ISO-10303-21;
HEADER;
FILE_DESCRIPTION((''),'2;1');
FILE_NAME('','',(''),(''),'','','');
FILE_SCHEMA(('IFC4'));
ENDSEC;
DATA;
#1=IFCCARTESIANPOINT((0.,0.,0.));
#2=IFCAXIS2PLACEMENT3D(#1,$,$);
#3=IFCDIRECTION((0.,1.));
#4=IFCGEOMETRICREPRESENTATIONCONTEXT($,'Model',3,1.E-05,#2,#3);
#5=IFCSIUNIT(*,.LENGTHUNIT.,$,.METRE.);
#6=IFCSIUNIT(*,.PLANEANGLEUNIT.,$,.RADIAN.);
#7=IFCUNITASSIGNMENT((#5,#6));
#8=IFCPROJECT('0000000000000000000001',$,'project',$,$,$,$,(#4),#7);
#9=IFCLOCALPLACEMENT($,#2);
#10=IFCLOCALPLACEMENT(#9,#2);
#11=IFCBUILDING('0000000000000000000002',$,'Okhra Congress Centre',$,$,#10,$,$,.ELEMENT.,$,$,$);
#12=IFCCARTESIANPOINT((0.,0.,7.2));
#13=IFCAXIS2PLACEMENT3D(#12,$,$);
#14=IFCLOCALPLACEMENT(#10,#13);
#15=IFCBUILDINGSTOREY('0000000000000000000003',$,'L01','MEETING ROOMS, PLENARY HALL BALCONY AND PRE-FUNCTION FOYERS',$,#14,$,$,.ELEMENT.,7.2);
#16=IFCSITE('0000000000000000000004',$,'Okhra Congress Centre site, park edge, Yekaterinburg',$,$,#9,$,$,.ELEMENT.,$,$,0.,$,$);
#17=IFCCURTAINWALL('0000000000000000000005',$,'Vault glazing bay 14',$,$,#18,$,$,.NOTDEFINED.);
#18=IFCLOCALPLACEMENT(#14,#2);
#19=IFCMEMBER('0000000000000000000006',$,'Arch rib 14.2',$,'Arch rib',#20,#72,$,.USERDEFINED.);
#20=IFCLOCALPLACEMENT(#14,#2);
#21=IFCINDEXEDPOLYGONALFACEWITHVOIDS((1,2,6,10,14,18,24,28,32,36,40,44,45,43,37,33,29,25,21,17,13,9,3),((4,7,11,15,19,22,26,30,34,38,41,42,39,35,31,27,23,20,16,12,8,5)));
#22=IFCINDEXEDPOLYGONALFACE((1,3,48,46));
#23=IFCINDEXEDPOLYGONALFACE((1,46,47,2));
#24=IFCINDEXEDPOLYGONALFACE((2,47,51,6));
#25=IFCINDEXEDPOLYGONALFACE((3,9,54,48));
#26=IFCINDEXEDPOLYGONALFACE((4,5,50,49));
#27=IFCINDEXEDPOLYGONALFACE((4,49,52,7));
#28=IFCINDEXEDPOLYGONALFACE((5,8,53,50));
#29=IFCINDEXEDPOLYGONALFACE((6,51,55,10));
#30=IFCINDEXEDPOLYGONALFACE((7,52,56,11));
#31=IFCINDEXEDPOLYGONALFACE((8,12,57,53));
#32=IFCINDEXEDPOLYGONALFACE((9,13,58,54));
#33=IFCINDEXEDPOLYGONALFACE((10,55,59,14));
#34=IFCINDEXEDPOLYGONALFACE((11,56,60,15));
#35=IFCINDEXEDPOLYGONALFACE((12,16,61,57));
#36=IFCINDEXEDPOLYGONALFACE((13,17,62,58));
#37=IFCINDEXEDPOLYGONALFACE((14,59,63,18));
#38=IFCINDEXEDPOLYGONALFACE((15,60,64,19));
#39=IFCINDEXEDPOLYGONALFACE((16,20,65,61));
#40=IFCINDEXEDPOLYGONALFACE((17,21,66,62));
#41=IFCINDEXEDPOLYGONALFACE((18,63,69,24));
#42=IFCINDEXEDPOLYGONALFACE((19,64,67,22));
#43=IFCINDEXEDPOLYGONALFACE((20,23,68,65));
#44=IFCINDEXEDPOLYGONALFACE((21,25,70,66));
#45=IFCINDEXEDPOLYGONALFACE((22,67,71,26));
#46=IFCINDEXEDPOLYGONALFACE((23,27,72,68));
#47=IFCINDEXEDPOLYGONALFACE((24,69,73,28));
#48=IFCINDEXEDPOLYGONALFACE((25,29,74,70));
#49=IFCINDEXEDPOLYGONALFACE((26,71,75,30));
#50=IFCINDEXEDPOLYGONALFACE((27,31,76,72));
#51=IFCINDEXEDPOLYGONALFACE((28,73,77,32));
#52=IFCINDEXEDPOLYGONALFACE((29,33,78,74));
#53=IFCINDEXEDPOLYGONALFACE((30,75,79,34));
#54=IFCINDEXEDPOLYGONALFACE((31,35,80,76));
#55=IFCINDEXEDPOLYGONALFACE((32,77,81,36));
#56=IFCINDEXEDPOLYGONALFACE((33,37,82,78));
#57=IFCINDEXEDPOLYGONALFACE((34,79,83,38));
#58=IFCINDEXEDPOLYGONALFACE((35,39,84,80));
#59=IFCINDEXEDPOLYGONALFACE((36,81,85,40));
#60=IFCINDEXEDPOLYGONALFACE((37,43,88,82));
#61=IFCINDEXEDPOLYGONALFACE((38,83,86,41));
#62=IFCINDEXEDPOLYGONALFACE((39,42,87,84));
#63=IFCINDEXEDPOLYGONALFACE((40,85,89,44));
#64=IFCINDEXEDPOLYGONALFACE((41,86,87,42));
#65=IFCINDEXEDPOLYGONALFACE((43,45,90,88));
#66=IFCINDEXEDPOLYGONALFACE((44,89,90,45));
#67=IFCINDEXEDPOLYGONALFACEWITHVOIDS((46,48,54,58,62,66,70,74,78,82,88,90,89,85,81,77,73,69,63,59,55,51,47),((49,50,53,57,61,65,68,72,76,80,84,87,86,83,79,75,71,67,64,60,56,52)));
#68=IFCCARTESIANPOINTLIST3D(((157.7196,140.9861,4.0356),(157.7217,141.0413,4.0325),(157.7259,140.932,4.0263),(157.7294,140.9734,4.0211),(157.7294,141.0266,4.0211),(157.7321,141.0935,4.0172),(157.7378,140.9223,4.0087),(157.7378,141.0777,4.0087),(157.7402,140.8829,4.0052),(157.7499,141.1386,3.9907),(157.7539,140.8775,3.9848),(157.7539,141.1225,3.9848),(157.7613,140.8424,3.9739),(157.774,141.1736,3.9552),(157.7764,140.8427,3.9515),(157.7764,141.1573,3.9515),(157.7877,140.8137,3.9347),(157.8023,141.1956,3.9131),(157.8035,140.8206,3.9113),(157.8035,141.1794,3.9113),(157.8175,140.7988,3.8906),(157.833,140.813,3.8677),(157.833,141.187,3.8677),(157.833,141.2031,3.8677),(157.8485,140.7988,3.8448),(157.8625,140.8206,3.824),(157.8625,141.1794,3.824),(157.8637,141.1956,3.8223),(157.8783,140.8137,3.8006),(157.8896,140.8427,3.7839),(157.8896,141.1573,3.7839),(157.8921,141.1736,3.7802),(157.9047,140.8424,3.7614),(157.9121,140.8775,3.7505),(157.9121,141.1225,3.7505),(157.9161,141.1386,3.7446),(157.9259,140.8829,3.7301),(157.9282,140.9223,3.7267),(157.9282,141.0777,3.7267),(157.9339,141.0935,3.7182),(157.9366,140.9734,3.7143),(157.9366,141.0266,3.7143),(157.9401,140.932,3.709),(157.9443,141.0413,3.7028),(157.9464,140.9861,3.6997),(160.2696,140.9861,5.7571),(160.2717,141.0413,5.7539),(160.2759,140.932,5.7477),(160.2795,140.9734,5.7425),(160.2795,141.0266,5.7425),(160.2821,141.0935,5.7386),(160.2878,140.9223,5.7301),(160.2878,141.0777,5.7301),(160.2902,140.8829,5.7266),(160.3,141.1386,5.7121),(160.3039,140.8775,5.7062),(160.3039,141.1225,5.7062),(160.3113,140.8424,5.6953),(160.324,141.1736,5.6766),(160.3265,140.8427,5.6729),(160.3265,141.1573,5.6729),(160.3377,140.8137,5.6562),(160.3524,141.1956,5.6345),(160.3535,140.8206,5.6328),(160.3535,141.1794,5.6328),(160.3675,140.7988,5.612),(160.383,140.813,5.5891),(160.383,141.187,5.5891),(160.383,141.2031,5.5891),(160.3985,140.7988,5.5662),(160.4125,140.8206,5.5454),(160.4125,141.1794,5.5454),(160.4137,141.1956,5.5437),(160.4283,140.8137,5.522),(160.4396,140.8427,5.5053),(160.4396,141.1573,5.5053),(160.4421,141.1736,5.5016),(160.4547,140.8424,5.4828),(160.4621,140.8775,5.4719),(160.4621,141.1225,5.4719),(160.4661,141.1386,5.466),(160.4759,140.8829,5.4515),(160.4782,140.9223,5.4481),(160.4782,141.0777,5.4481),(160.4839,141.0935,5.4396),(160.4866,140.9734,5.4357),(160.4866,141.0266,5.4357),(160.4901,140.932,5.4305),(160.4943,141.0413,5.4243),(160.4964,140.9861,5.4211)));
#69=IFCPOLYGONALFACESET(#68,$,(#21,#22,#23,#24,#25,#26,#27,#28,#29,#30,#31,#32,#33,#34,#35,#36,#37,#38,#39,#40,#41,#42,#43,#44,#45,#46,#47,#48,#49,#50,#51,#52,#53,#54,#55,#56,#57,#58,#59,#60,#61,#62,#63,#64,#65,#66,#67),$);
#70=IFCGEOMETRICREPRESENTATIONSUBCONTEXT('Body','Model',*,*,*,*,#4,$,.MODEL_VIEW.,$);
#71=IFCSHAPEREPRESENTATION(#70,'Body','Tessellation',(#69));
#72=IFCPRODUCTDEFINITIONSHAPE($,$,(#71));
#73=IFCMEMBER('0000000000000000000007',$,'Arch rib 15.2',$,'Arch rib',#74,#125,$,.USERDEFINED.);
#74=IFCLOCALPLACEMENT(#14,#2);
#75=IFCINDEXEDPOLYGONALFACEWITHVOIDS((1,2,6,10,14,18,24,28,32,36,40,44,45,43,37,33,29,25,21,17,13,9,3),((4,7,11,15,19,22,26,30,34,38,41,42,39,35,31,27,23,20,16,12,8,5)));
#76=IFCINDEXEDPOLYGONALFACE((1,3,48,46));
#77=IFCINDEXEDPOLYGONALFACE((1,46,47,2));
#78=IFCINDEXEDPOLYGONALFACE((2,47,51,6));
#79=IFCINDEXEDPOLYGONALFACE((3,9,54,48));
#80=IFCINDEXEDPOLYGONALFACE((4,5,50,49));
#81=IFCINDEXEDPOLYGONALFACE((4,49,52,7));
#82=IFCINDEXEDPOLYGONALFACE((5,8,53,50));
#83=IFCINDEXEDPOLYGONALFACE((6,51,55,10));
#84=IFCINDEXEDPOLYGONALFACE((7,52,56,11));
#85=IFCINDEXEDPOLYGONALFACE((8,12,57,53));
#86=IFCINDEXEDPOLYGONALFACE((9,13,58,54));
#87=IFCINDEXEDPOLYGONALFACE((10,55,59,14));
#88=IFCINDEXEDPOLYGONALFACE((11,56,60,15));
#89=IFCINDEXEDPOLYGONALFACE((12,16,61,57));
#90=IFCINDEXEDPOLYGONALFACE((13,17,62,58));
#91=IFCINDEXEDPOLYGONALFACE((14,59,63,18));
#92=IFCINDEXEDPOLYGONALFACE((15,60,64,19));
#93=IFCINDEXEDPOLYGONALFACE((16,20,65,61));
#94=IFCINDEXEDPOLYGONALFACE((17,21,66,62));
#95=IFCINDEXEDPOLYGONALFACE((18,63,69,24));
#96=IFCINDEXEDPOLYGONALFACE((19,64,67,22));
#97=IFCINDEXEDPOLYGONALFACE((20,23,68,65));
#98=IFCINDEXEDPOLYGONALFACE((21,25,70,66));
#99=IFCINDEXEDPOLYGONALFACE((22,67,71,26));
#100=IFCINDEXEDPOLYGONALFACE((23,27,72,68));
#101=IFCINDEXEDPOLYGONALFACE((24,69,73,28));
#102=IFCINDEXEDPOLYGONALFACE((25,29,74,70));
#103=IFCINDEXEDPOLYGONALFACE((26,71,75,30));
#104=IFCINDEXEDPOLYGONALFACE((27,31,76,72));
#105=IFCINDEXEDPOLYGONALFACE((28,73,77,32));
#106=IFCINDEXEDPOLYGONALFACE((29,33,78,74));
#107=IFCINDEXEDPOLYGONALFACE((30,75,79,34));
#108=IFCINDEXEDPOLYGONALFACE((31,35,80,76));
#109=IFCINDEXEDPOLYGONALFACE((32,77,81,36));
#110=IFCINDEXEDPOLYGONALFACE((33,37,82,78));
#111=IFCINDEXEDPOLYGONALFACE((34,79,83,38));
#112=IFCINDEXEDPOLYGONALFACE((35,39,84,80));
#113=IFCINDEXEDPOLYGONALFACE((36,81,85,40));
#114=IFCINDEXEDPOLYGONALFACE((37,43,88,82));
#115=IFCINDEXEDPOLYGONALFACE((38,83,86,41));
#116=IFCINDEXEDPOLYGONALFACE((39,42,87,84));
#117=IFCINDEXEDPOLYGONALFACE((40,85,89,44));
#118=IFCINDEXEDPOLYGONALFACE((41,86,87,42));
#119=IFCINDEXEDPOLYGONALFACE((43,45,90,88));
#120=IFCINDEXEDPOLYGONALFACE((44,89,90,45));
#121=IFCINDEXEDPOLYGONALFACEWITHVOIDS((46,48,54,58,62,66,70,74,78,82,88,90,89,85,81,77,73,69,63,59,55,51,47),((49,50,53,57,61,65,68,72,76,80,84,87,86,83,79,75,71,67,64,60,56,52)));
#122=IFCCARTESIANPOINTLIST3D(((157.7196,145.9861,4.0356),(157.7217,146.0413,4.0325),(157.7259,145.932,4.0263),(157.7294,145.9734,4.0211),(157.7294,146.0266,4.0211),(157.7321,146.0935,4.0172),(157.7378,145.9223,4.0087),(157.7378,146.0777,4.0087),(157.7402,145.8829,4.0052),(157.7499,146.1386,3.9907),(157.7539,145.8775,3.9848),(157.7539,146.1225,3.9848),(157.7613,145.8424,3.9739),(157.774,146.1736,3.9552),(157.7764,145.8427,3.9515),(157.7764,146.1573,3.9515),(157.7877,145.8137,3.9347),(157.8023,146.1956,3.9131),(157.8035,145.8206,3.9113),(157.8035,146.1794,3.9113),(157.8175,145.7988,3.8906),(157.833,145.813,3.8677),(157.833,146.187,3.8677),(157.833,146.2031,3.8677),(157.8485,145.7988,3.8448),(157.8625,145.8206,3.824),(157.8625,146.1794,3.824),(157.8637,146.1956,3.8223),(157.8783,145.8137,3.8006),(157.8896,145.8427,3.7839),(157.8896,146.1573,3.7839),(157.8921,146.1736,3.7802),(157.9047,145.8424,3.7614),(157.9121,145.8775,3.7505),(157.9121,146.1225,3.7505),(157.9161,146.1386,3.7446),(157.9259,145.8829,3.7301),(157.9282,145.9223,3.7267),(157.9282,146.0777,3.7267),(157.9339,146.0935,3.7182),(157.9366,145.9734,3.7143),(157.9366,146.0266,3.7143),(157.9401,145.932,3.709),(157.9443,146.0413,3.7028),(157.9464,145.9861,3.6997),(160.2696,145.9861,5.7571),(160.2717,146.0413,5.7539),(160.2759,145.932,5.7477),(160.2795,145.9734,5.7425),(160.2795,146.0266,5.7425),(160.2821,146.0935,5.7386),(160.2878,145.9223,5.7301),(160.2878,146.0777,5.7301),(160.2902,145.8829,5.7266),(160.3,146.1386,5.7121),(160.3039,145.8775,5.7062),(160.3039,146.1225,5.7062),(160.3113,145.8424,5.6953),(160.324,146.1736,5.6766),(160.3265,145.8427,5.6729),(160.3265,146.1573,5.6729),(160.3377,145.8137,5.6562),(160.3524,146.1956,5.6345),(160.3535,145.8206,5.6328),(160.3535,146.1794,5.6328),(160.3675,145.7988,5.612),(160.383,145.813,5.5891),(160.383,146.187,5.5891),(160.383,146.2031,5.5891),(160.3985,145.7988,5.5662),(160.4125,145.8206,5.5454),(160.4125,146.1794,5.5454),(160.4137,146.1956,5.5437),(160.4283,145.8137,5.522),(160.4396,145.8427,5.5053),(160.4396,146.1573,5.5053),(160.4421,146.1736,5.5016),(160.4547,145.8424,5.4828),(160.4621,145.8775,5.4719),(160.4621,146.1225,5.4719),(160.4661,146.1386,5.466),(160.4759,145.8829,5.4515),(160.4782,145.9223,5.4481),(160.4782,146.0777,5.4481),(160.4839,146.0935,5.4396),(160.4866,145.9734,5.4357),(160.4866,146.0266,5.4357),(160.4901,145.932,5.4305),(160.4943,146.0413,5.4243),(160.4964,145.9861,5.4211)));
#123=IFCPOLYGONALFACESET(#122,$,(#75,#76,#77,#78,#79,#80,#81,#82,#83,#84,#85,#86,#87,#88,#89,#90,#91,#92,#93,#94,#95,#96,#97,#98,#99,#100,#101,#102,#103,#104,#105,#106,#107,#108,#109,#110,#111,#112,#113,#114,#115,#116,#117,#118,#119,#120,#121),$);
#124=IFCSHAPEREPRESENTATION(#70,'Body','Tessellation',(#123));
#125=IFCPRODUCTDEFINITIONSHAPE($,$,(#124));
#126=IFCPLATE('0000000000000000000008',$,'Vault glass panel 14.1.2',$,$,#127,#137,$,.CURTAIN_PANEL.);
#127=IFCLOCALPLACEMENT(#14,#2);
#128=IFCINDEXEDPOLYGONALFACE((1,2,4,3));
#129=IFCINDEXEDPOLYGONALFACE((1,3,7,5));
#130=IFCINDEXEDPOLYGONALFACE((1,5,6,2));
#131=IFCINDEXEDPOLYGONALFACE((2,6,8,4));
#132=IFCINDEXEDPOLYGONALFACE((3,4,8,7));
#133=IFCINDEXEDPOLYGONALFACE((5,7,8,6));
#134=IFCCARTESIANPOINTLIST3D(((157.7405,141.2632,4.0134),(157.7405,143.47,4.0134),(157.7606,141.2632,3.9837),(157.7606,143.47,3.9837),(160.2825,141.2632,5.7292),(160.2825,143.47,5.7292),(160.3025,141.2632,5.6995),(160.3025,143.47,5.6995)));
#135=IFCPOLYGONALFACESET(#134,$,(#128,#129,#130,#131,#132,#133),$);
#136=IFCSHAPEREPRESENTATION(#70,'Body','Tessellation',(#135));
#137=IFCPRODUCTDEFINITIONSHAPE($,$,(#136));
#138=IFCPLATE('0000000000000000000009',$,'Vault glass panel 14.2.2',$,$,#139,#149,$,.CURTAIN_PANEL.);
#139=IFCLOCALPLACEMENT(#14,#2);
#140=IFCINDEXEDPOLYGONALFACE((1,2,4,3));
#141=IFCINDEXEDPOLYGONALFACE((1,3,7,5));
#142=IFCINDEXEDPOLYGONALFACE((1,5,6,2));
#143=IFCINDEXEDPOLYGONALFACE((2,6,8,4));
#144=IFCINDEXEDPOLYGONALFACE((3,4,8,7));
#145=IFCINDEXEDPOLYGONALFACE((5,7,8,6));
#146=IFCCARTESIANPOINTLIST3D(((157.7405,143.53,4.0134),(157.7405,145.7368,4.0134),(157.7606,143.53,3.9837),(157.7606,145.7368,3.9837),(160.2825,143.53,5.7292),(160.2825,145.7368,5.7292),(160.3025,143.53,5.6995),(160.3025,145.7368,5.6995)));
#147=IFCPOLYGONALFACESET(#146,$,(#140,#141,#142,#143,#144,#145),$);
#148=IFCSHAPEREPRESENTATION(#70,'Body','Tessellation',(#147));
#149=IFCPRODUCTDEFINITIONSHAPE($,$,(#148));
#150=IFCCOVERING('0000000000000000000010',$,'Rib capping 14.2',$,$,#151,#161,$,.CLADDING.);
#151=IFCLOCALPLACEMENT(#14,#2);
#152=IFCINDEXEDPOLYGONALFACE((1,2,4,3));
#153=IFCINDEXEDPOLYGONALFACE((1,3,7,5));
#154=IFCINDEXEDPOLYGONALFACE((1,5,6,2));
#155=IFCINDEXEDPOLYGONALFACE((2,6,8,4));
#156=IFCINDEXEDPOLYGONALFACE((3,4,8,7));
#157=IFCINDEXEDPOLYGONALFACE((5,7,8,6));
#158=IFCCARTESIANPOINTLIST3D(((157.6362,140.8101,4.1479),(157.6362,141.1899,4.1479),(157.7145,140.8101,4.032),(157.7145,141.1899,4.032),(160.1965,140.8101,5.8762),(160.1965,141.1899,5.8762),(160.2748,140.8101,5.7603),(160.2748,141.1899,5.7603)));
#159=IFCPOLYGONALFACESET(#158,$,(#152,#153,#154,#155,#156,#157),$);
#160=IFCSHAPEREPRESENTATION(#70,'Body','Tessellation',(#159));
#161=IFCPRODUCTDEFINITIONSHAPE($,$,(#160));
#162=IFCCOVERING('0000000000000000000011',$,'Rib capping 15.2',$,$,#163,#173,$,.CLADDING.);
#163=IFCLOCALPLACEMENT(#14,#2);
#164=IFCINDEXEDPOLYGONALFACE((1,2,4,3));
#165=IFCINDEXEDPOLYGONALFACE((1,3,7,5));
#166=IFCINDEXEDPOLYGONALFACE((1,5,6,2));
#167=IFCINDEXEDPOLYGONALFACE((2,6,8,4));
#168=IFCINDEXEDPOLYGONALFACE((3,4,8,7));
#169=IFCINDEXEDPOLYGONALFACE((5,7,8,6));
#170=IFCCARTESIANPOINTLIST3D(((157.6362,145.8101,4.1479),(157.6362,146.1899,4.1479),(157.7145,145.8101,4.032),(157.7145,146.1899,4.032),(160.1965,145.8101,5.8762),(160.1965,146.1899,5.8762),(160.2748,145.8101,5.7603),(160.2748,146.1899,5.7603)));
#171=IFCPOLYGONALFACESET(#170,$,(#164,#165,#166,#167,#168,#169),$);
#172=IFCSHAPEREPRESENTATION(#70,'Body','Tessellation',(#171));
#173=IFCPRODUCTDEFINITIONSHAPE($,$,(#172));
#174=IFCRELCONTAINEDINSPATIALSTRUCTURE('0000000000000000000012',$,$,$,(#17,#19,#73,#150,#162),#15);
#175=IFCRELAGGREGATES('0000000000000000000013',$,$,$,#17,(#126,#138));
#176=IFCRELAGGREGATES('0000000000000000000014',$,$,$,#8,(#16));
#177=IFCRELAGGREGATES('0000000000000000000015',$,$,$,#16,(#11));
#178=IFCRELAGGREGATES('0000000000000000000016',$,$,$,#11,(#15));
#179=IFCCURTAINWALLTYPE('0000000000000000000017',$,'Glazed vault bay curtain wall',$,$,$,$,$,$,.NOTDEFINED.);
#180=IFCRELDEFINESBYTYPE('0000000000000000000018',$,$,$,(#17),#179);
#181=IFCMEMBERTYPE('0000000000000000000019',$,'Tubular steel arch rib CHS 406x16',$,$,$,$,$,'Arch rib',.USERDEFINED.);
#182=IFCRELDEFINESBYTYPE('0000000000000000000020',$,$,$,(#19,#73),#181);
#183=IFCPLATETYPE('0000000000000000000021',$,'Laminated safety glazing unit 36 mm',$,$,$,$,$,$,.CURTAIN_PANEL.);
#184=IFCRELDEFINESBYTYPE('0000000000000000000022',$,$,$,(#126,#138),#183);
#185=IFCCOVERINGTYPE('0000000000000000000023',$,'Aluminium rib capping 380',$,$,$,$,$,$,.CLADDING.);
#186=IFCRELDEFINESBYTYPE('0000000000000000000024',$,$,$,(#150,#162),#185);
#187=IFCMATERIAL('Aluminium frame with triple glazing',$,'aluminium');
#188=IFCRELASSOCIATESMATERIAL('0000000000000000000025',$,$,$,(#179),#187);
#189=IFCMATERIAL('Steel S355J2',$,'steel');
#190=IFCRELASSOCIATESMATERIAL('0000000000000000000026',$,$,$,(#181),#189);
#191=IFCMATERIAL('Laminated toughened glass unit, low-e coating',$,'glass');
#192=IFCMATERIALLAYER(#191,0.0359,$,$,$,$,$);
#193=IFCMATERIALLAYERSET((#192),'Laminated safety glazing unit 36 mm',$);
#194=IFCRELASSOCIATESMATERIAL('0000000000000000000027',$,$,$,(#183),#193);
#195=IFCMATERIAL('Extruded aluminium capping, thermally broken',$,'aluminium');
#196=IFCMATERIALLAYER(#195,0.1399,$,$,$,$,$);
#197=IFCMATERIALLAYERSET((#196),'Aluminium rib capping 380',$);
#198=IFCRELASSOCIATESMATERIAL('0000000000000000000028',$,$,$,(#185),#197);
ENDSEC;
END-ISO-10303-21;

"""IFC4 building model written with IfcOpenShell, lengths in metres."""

from ifc_helpers import new_model, si_unit, direction, frame, origin, origin_2d, place, context, subcontext, project, spatial, polyline, hollow_circle, outline, extrude, material, layer, layer_set, material_profile, profile_set, type_object, element, aggregate, save


model = new_model("IFC4")

# Units and contexts
model_context = context("Model", 3, precision=1e-05, world=origin(), true_north=direction((0.0, 1.0)))
body_context = subcontext(model_context, "Body", "Model", "MODEL_VIEW")
ifc_project = project(units=[si_unit("LENGTHUNIT", "METRE"), si_unit("PLANEANGLEUNIT", "RADIAN")], contexts=[model_context])

# Site, building, storey
site_placement = place(None, origin())
site = spatial("IfcSite", under=ifc_project, at=site_placement, Name="Okhra Congress Centre site, park edge, Yekaterinburg", CompositionType="ELEMENT", RefElevation=0.0)
building_placement = place(site_placement, origin())
building = spatial("IfcBuilding", under=site, at=building_placement, Name="Okhra Congress Centre", CompositionType="ELEMENT")
storey_placement = place(building_placement, frame((0.0, 0.0, 7.2)))
storey = spatial("IfcBuildingStorey", under=building, at=storey_placement, Name="L01", Description="MEETING ROOMS, PLENARY HALL BALCONY AND PRE-FUNCTION FOYERS", CompositionType="ELEMENT", Elevation=7.2)

# Curtain wall
ifc_material_1 = material(Name="Aluminium frame with triple glazing", Category="aluminium")
curtain_wall_type = type_object("IfcCurtainWallType", Name="Glazed vault bay curtain wall", PredefinedType="NOTDEFINED", material=ifc_material_1)
curtain_wall_1_placement = place(storey_placement, origin())
curtain_wall_1 = element("IfcCurtainWall", 1, at=curtain_wall_1_placement, inside=storey, type_object=curtain_wall_type, Name="Vault glazing bay 14", PredefinedType="NOTDEFINED")

# Members
ifc_material_2 = material(Name="Steel S355J2", Category="steel")
ifc_material_profile_1 = material_profile(ifc_material_2, hollow_circle(Radius=0.2031, WallThickness=0.0161, at=origin_2d()), Name="CHS 406.4x16")
ifc_profile_set_1 = profile_set([ifc_material_profile_1], Name="Steel S355J2")
member_type_1 = type_object("IfcMemberType", Name="Tubular steel arch rib CHS 406x16", ElementType="Arch rib", PredefinedType="USERDEFINED", material=ifc_profile_set_1)
for number, where, z_axis, x_axis, name in (
    (2, (157.833, 141.0, 3.8677), (0.828826, 0.0, 0.559507), (0.0, 1.0, 0.0), "Arch rib 14.2"),
    (3, (157.833, 146.0, 3.8677), (0.828826, 0.0, 0.559507), (0.0, 1.0, 0.0), "Arch rib 15.2"),
):
    element("IfcMember", number, at=place(storey_placement, frame(where, z_axis=z_axis, x_axis=x_axis)), inside=storey, type_object=member_type_1, Name=name, ObjectType="Arch rib", PredefinedType="USERDEFINED", context=body_context, shape_type="SweptSolid", body=[
        extrude(hollow_circle(Radius=0.2031, WallThickness=0.0161, at=origin_2d()), origin(), (0.0, 0.0, 1.0), 3.0767),
    ])

# Plates
ifc_material_3 = material(Name="Laminated toughened glass unit, low-e coating", Category="glass")
ifc_layer_1 = layer(ifc_material_3, 0.0359)
ifc_layer_set_1 = layer_set([ifc_layer_1], Name="Laminated safety glazing unit 36 mm")
plate_type = type_object("IfcPlateType", Name="Laminated safety glazing unit 36 mm", PredefinedType="CURTAIN_PANEL", material=ifc_layer_set_1)
plate_1_placement = place(storey_placement, frame((157.7405, 141.2632, 4.0134), z_axis=(-0.559467, 0.0, 0.828852), x_axis=(0.828852, 0.0, 0.559467)))
plate_1 = element("IfcPlate", 4, at=plate_1_placement, type_object=plate_type, Name="Vault glass panel 14.1.2", PredefinedType="CURTAIN_PANEL", context=body_context, shape_type="SweptSolid", body=[
    extrude(outline(polyline([(0.0, 0.0), (3.0669, 0.0), (3.0669, 2.2068), (0.0, 2.2068), (0.0, 0.0)])), origin(), (0.0, 0.0, -1.0), 0.0359),
])
plate_2_placement = place(storey_placement, frame((157.7405, 143.53, 4.0134), z_axis=(-0.559467, 0.0, 0.828852), x_axis=(0.828852, 0.0, 0.559467)))
plate_2 = element("IfcPlate", 5, at=plate_2_placement, type_object=plate_type, Name="Vault glass panel 14.2.2", PredefinedType="CURTAIN_PANEL", context=body_context, shape_type="SweptSolid", body=[
    extrude(outline(polyline([(0.0, 0.0), (3.0669, 0.0), (3.0669, 2.2068), (0.0, 2.2068), (0.0, 0.0)])), origin(), (0.0, 0.0, -1.0), 0.0359),
])
aggregate(curtain_wall_1, [plate_1, plate_2])

# Coverings
ifc_material_4 = material(Name="Extruded aluminium capping, thermally broken", Category="aluminium")
ifc_layer_2 = layer(ifc_material_4, 0.1399)
ifc_layer_set_2 = layer_set([ifc_layer_2], Name="Aluminium rib capping 380")
covering_type = type_object("IfcCoveringType", Name="Aluminium rib capping 380", PredefinedType="CLADDING", material=ifc_layer_set_2)
for number, where, z_axis, x_axis, name in (
    (6, (157.6362, 140.8101, 4.1479), (-0.559488, 0.0, 0.828839), (0.828839, 0.0, 0.559488), "Rib capping 14.2"),
    (7, (157.6362, 145.8101, 4.1479), (-0.559488, 0.0, 0.828839), (0.828839, 0.0, 0.559488), "Rib capping 15.2"),
):
    element("IfcCovering", number, at=place(storey_placement, frame(where, z_axis=z_axis, x_axis=x_axis)), inside=storey, type_object=covering_type, Name=name, PredefinedType="CLADDING", context=body_context, shape_type="SweptSolid", body=[
        extrude(outline(polyline([(0.0, 0.0), (3.089, 0.0), (3.089, 0.3799), (0.0, 0.3799), (0.0, 0.0)])), origin(), (0.0, 0.0, -1.0), 0.1399),
    ])

save(model, "model.ifc")
